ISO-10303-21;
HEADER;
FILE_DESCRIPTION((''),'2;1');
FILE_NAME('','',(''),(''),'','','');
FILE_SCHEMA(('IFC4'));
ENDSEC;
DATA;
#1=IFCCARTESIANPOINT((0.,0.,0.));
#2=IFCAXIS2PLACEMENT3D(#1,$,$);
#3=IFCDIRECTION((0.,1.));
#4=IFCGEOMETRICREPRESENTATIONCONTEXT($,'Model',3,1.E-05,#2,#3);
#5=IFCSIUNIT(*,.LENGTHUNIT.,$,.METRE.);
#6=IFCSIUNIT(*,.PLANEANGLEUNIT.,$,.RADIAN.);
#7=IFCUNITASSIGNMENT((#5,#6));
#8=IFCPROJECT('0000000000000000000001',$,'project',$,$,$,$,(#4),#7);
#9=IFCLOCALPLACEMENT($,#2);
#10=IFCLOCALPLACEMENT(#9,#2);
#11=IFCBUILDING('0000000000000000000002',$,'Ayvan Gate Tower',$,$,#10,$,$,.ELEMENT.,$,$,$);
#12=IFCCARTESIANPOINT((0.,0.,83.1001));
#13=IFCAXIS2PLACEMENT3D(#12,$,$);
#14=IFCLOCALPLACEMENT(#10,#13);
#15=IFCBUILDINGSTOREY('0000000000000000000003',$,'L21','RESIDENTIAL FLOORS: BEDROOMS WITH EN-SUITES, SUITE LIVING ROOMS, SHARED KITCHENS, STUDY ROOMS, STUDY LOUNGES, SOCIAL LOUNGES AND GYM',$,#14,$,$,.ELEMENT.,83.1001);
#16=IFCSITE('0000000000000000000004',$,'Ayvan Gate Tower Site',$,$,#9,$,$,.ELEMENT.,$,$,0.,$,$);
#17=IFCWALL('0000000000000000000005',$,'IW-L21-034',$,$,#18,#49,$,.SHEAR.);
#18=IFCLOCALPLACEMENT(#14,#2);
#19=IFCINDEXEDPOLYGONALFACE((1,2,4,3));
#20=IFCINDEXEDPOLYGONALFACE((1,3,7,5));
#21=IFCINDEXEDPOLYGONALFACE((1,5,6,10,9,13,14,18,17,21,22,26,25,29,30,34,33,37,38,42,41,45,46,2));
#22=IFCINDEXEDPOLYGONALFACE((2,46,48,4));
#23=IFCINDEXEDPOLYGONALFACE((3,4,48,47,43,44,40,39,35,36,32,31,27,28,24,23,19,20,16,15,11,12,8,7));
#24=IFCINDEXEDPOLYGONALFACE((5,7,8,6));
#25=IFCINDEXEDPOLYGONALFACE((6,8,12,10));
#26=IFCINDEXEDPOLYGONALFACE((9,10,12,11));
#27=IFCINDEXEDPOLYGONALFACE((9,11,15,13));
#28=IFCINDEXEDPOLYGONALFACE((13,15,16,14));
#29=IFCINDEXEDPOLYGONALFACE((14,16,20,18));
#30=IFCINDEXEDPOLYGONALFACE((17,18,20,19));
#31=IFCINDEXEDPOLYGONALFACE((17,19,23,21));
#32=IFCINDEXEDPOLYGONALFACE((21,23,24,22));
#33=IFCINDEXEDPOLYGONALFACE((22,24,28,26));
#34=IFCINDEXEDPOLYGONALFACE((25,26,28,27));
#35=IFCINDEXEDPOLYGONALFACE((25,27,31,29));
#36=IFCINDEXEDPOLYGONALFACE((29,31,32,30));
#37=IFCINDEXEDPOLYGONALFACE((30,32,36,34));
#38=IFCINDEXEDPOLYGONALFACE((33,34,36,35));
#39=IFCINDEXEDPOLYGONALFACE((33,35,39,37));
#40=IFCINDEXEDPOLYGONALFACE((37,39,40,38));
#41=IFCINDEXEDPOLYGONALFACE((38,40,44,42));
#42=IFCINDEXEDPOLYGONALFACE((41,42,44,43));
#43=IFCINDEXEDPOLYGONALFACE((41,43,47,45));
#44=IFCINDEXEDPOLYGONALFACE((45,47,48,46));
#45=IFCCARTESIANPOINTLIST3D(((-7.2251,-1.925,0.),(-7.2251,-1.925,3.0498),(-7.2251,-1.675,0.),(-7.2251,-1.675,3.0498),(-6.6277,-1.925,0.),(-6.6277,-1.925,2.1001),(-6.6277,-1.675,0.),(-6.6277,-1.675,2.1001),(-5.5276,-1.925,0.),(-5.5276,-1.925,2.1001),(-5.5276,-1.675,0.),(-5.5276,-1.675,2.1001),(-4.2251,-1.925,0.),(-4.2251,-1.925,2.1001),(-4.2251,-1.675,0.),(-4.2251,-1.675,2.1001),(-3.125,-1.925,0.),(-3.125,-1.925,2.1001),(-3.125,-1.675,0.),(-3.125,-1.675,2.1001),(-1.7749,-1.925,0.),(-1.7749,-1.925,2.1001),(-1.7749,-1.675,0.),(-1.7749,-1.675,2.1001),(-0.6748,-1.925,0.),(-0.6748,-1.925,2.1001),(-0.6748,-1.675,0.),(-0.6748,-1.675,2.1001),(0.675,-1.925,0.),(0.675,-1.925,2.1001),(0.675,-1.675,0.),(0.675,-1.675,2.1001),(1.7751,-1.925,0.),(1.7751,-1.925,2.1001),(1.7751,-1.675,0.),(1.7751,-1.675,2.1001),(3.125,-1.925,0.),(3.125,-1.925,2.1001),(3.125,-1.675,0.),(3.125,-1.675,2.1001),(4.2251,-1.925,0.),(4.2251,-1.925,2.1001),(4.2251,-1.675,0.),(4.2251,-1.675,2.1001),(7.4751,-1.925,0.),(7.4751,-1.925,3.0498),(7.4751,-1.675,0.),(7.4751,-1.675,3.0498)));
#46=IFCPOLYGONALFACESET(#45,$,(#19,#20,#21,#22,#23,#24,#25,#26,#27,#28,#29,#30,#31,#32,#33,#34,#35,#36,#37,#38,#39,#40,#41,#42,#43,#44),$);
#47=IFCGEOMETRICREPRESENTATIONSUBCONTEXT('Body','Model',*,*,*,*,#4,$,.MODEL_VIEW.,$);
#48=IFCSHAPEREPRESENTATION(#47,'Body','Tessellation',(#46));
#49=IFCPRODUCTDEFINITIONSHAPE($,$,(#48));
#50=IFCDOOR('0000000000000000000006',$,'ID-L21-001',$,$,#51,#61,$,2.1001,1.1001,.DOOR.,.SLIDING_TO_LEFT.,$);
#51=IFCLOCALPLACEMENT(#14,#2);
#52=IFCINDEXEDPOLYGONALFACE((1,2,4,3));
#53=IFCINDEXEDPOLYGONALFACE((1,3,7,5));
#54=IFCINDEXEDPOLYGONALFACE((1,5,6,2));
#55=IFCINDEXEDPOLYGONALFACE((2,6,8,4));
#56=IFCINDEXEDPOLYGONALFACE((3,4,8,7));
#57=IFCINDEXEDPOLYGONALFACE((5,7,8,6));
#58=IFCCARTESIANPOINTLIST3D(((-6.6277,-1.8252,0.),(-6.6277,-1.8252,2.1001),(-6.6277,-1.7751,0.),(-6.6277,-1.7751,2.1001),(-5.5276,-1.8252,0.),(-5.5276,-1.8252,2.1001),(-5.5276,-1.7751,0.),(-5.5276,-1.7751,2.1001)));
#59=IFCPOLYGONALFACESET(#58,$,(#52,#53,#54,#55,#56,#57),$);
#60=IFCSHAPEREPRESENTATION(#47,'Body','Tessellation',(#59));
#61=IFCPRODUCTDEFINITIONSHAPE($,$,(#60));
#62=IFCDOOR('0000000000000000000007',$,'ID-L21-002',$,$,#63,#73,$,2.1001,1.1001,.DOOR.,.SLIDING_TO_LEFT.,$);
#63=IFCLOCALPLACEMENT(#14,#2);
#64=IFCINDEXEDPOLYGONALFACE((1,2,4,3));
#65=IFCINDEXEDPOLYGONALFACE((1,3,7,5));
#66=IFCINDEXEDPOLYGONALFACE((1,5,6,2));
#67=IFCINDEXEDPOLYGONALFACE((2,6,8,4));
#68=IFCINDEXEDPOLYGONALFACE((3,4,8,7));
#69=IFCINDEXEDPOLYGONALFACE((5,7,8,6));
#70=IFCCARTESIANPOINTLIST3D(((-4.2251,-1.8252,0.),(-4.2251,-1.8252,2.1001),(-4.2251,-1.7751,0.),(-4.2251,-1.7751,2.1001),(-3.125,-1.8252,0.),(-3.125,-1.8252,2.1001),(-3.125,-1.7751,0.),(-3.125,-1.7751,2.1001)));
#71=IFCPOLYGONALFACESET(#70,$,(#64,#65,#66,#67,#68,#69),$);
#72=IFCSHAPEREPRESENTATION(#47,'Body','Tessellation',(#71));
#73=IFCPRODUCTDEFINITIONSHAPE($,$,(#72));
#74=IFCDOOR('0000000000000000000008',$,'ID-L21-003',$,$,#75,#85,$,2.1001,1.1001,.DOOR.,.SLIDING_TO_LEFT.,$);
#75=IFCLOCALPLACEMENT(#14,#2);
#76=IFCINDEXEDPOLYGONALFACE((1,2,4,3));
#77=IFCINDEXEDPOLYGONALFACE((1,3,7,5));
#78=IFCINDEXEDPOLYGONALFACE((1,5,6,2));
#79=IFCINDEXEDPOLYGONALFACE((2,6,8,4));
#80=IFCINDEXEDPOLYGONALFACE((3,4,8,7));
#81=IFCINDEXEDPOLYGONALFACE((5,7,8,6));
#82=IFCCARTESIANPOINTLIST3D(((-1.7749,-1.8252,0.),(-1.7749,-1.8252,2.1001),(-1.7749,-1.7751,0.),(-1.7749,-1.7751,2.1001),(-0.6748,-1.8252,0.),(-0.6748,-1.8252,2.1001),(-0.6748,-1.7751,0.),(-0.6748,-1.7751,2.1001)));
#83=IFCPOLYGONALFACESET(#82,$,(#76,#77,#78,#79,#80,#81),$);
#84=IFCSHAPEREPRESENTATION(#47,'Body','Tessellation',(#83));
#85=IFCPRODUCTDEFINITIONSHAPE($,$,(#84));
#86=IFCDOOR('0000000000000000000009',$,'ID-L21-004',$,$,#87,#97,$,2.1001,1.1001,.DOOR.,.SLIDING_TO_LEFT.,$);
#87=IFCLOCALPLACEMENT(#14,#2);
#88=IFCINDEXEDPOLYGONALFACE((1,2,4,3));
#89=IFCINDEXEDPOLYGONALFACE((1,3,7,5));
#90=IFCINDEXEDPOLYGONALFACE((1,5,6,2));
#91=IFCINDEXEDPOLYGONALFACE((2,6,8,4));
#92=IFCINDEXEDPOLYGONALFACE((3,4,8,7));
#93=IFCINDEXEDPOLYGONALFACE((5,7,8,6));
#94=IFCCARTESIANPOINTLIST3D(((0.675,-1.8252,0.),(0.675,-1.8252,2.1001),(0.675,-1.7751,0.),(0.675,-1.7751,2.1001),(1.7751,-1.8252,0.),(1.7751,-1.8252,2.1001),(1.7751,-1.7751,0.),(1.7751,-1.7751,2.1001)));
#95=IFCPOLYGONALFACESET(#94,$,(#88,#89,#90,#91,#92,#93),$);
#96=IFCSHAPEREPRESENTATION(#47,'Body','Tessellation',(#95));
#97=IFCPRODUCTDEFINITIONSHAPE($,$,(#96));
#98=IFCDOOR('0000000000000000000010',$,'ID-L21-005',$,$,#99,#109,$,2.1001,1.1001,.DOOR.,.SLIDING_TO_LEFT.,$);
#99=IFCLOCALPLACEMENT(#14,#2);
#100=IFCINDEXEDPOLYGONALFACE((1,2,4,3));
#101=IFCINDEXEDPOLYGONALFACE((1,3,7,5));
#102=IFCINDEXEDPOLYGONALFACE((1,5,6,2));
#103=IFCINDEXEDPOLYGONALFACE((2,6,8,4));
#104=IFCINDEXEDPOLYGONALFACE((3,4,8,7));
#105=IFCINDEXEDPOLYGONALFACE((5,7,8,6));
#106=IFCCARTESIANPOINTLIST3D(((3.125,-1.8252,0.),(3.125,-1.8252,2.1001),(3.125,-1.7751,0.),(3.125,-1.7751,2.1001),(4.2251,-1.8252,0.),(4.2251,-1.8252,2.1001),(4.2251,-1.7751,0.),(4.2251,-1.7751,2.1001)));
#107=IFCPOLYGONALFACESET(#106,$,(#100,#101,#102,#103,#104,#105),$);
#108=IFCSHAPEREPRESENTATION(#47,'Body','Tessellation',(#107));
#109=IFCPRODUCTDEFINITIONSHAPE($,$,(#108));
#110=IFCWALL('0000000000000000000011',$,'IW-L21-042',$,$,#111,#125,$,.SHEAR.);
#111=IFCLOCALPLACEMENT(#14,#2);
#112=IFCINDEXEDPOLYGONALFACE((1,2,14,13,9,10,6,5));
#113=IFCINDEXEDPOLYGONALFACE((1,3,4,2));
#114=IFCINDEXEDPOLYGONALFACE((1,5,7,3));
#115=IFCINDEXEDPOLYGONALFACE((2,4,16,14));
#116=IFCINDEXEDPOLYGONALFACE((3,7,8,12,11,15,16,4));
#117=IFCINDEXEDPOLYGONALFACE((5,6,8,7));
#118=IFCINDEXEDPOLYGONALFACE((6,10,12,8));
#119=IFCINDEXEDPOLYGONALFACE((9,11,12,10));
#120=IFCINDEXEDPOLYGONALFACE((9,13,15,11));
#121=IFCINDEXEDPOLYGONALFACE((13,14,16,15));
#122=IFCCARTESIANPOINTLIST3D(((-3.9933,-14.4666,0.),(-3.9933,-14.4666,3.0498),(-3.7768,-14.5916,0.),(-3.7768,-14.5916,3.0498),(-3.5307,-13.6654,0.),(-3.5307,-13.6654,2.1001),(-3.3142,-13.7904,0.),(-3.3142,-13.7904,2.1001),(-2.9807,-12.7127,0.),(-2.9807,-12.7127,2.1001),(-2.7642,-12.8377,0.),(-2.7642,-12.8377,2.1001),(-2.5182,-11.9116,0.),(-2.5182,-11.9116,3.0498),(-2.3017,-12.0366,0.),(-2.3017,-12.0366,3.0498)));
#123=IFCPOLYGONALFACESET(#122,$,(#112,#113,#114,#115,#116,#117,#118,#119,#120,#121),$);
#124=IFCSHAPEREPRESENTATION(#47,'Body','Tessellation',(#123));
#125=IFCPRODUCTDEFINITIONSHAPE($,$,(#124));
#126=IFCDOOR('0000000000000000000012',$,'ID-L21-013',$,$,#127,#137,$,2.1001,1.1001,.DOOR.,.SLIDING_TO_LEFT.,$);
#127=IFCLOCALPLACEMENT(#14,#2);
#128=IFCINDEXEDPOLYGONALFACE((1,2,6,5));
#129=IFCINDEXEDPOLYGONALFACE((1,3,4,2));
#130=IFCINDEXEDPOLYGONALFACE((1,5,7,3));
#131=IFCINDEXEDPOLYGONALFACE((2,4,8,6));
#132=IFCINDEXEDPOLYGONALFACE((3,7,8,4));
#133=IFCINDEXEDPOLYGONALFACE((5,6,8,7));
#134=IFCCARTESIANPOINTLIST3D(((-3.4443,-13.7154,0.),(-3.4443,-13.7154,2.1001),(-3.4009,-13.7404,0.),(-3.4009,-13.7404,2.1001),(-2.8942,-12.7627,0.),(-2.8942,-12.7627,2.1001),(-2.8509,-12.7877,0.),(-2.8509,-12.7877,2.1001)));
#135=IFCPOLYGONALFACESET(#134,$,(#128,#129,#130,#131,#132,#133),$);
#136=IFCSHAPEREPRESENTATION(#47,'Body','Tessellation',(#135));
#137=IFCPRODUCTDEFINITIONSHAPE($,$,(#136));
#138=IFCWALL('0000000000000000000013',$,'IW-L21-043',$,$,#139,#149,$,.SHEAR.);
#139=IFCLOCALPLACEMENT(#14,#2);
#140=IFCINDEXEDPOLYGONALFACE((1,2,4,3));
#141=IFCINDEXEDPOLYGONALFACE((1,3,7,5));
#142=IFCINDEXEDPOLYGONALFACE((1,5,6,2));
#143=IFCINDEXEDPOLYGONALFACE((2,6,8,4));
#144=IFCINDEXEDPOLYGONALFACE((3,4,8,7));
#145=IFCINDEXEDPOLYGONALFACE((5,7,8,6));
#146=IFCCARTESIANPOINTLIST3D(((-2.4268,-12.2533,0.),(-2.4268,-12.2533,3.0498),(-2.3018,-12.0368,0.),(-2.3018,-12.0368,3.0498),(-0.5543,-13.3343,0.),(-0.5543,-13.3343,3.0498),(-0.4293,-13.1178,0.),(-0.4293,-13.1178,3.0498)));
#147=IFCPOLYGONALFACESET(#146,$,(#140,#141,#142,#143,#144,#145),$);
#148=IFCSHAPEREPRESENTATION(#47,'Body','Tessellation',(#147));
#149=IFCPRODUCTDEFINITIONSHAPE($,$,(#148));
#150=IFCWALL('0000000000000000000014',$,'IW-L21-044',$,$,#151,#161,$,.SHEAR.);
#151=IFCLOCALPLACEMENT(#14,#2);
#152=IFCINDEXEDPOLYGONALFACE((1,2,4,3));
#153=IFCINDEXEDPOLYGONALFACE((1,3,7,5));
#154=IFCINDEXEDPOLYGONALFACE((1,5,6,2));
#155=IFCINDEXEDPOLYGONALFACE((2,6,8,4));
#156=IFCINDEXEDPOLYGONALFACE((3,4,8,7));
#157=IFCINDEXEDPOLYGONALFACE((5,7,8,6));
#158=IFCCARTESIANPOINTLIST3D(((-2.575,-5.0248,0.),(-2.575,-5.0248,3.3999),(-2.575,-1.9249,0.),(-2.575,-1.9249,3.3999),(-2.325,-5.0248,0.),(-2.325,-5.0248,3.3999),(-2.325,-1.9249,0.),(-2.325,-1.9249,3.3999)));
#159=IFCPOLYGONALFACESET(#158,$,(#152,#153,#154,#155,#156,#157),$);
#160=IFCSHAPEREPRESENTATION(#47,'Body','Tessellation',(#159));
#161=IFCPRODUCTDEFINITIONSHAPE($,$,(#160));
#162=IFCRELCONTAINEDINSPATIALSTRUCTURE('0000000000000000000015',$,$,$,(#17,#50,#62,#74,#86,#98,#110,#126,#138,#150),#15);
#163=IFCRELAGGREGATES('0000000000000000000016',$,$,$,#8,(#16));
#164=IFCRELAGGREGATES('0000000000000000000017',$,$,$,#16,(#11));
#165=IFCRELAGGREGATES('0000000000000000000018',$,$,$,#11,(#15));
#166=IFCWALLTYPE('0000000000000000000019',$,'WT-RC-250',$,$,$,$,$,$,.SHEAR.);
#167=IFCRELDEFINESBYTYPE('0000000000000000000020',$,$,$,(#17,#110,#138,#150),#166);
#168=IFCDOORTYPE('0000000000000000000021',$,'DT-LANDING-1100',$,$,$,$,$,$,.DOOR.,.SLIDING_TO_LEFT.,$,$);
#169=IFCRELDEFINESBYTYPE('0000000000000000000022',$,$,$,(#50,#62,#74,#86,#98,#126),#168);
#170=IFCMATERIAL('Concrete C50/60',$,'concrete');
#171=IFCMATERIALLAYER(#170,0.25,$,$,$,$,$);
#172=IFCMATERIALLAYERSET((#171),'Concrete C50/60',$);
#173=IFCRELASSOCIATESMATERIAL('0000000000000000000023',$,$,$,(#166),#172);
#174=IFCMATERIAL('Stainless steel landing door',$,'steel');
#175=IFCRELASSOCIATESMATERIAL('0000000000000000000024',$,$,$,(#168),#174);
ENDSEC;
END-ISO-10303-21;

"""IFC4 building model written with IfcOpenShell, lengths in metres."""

from ifc_helpers import new_model, si_unit, direction, frame, frame_2d, origin, place, context, subcontext, project, spatial, rectangle, extrude, material, layer, layer_set, type_object, element, fill, save


model = new_model("IFC4")

# Units and contexts
model_context = context("Model", 3, precision=1e-05, world=origin(), true_north=direction((0.0, 1.0)))
body_context = subcontext(model_context, "Body", "Model", "MODEL_VIEW")
ifc_project = project(units=[si_unit("LENGTHUNIT", "METRE"), si_unit("PLANEANGLEUNIT", "RADIAN")], contexts=[model_context])

# Site, building, storey
site_placement = place(None, origin())
site = spatial("IfcSite", under=ifc_project, at=site_placement, Name="Ayvan Gate Tower Site", CompositionType="ELEMENT", RefElevation=0.0)
building_placement = place(site_placement, origin())
building = spatial("IfcBuilding", under=site, at=building_placement, Name="Ayvan Gate Tower", CompositionType="ELEMENT")
storey_placement = place(building_placement, frame((0.0, 0.0, 83.1001)))
storey = spatial("IfcBuildingStorey", under=building, at=storey_placement, Name="L21", Description="RESIDENTIAL FLOORS: BEDROOMS WITH EN-SUITES, SUITE LIVING ROOMS, SHARED KITCHENS, STUDY ROOMS, STUDY LOUNGES, SOCIAL LOUNGES AND GYM", CompositionType="ELEMENT", Elevation=83.1001)

# Shared definitions
ifc_material_1 = material(Name="Concrete C50/60", Category="concrete")
ifc_layer_1 = layer(ifc_material_1, 0.25)
ifc_layer_set_1 = layer_set([ifc_layer_1], Name="Concrete C50/60")
wall_type_1 = type_object("IfcWallType", Name="WT-RC-250", PredefinedType="SHEAR", material=ifc_layer_set_1)

# Wall, openings, doors
wall_1_placement = place(storey_placement, frame((-7.2251, -1.8, 0.0), z_axis=(0.0, 0.0, 1.0), x_axis=(1.0, 0.0, 0.0)))
wall_1 = element("IfcWall", 1, at=wall_1_placement, inside=storey, type_object=wall_type_1, Name="IW-L21-034", PredefinedType="SHEAR", context=body_context, shape_type="SweptSolid", body=[
    extrude(rectangle(XDim=14.7002, YDim=0.25, at=frame_2d((7.3501, 0.0))), origin(), (0.0, 0.0, 1.0), 3.0498),
])
opening_1_placement = place(wall_1_placement, frame((0.5974, 0.0, 0.0)))
opening_1 = element("IfcOpeningElement", 2, at=opening_1_placement, cuts=wall_1, PredefinedType="OPENING", context=body_context, shape_type="SweptSolid", body=[
    extrude(rectangle(XDim=1.1001, YDim=2.1001, at=frame_2d((0.55, 1.05))), frame((0.0, 0.135, 0.0), z_axis=(0.0, -1.0, 0.0), x_axis=(1.0, 0.0, 0.0)), (0.0, 0.0, 1.0), 0.27),
])
opening_2_placement = place(wall_1_placement, frame((3.0, 0.0, 0.0)))
opening_2 = element("IfcOpeningElement", 3, at=opening_2_placement, cuts=wall_1, PredefinedType="OPENING", context=body_context, shape_type="SweptSolid", body=[
    extrude(rectangle(XDim=1.1001, YDim=2.1001, at=frame_2d((0.55, 1.05))), frame((0.0, 0.135, 0.0), z_axis=(0.0, -1.0, 0.0), x_axis=(1.0, 0.0, 0.0)), (0.0, 0.0, 1.0), 0.27),
])
opening_3_placement = place(wall_1_placement, frame((5.4502, 0.0, 0.0)))
opening_3 = element("IfcOpeningElement", 4, at=opening_3_placement, cuts=wall_1, PredefinedType="OPENING", context=body_context, shape_type="SweptSolid", body=[
    extrude(rectangle(XDim=1.1001, YDim=2.1001, at=frame_2d((0.55, 1.05))), frame((0.0, 0.135, 0.0), z_axis=(0.0, -1.0, 0.0), x_axis=(1.0, 0.0, 0.0)), (0.0, 0.0, 1.0), 0.27),
])
opening_4_placement = place(wall_1_placement, frame((7.9001, 0.0, 0.0)))
opening_4 = element("IfcOpeningElement", 5, at=opening_4_placement, cuts=wall_1, PredefinedType="OPENING", context=body_context, shape_type="SweptSolid", body=[
    extrude(rectangle(XDim=1.1001, YDim=2.1001, at=frame_2d((0.55, 1.05))), frame((0.0, 0.135, 0.0), z_axis=(0.0, -1.0, 0.0), x_axis=(1.0, 0.0, 0.0)), (0.0, 0.0, 1.0), 0.27),
])
opening_5_placement = place(wall_1_placement, frame((10.3501, 0.0, 0.0)))
opening_5 = element("IfcOpeningElement", 6, at=opening_5_placement, cuts=wall_1, PredefinedType="OPENING", context=body_context, shape_type="SweptSolid", body=[
    extrude(rectangle(XDim=1.1001, YDim=2.1001, at=frame_2d((0.55, 1.05))), frame((0.0, 0.135, 0.0), z_axis=(0.0, -1.0, 0.0), x_axis=(1.0, 0.0, 0.0)), (0.0, 0.0, 1.0), 0.27),
])
ifc_material_2 = material(Name="Stainless steel landing door", Category="steel")
door_type_1 = type_object("IfcDoorType", Name="DT-LANDING-1100", OperationType="SLIDING_TO_LEFT", PredefinedType="DOOR", material=ifc_material_2)
door_1_placement = place(opening_1_placement, origin())
door_1 = element("IfcDoor", 7, at=door_1_placement, inside=storey, type_object=door_type_1, Name="ID-L21-001", OperationType="SLIDING_TO_LEFT", OverallHeight=2.1001, OverallWidth=1.1001, PredefinedType="DOOR", context=body_context, shape_type="SweptSolid", body=[
    extrude(rectangle(XDim=1.1001, YDim=2.1001, at=frame_2d((0.55, 1.05))), frame((0.0, 0.0249, 0.0), z_axis=(0.0, -1.0, 0.0), x_axis=(1.0, 0.0, 0.0)), (0.0, 0.0, 1.0), 0.05),
])
fill(opening_1, door_1)
door_2_placement = place(opening_2_placement, origin())
door_2 = element("IfcDoor", 8, at=door_2_placement, inside=storey, type_object=door_type_1, Name="ID-L21-002", OperationType="SLIDING_TO_LEFT", OverallHeight=2.1001, OverallWidth=1.1001, PredefinedType="DOOR", context=body_context, shape_type="SweptSolid", body=[
    extrude(rectangle(XDim=1.1001, YDim=2.1001, at=frame_2d((0.55, 1.05))), frame((0.0, 0.0249, 0.0), z_axis=(0.0, -1.0, 0.0), x_axis=(1.0, 0.0, 0.0)), (0.0, 0.0, 1.0), 0.05),
])
fill(opening_2, door_2)
door_3_placement = place(opening_3_placement, origin())
door_3 = element("IfcDoor", 9, at=door_3_placement, inside=storey, type_object=door_type_1, Name="ID-L21-003", OperationType="SLIDING_TO_LEFT", OverallHeight=2.1001, OverallWidth=1.1001, PredefinedType="DOOR", context=body_context, shape_type="SweptSolid", body=[
    extrude(rectangle(XDim=1.1001, YDim=2.1001, at=frame_2d((0.55, 1.05))), frame((0.0, 0.0249, 0.0), z_axis=(0.0, -1.0, 0.0), x_axis=(1.0, 0.0, 0.0)), (0.0, 0.0, 1.0), 0.05),
])
fill(opening_3, door_3)
door_4_placement = place(opening_4_placement, origin())
door_4 = element("IfcDoor", 10, at=door_4_placement, inside=storey, type_object=door_type_1, Name="ID-L21-004", OperationType="SLIDING_TO_LEFT", OverallHeight=2.1001, OverallWidth=1.1001, PredefinedType="DOOR", context=body_context, shape_type="SweptSolid", body=[
    extrude(rectangle(XDim=1.1001, YDim=2.1001, at=frame_2d((0.55, 1.05))), frame((0.0, 0.0249, 0.0), z_axis=(0.0, -1.0, 0.0), x_axis=(1.0, 0.0, 0.0)), (0.0, 0.0, 1.0), 0.05),
])
fill(opening_4, door_4)
door_5_placement = place(opening_5_placement, origin())
door_5 = element("IfcDoor", 11, at=door_5_placement, inside=storey, type_object=door_type_1, Name="ID-L21-005", OperationType="SLIDING_TO_LEFT", OverallHeight=2.1001, OverallWidth=1.1001, PredefinedType="DOOR", context=body_context, shape_type="SweptSolid", body=[
    extrude(rectangle(XDim=1.1001, YDim=2.1001, at=frame_2d((0.55, 1.05))), frame((0.0, 0.0249, 0.0), z_axis=(0.0, -1.0, 0.0), x_axis=(1.0, 0.0, 0.0)), (0.0, 0.0, 1.0), 0.05),
])
fill(opening_5, door_5)

# Wall, opening, door
wall_2_placement = place(storey_placement, frame((-2.4099, -11.9741, 0.0), z_axis=(0.0, 0.0, 1.0), x_axis=(-0.500002, -0.866024, 0.0)))
wall_2 = element("IfcWall", 12, at=wall_2_placement, inside=storey, type_object=wall_type_1, Name="IW-L21-042", PredefinedType="SHEAR", context=body_context, shape_type="SweptSolid", body=[
    extrude(rectangle(XDim=2.9502, YDim=0.25, at=frame_2d((1.4751, 0.0))), origin(), (0.0, 0.0, 1.0), 3.0498),
])
opening_6_placement = place(wall_2_placement, frame((0.925, 0.0, 0.0)))
opening_6 = element("IfcOpeningElement", 13, at=opening_6_placement, cuts=wall_2, PredefinedType="OPENING", context=body_context, shape_type="SweptSolid", body=[
    extrude(rectangle(XDim=1.1001, YDim=2.1001, at=frame_2d((0.55, 1.05))), frame((0.0, 0.135, 0.0), z_axis=(0.0, -1.0, 0.0), x_axis=(1.0, 0.0, 0.0)), (0.0, 0.0, 1.0), 0.27),
])
door_6_placement = place(opening_6_placement, origin())
door_6 = element("IfcDoor", 14, at=door_6_placement, inside=storey, type_object=door_type_1, Name="ID-L21-013", OperationType="SLIDING_TO_LEFT", OverallHeight=2.1001, OverallWidth=1.1001, PredefinedType="DOOR", context=body_context, shape_type="SweptSolid", body=[
    extrude(rectangle(XDim=1.1001, YDim=2.1001, at=frame_2d((0.55, 1.05))), frame((0.0, 0.0249, 0.0), z_axis=(0.0, -1.0, 0.0), x_axis=(1.0, 0.0, 0.0)), (0.0, 0.0, 1.0), 0.05),
])
fill(opening_6, door_6)

# Walls
wall_3_placement = place(storey_placement, frame((-2.3643, -12.145, 0.0), z_axis=(0.0, 0.0, 1.0), x_axis=(0.866039, -0.499977, 0.0)))
element("IfcWall", 15, at=wall_3_placement, inside=storey, type_object=wall_type_1, Name="IW-L21-043", PredefinedType="SHEAR", context=body_context, shape_type="SweptSolid", body=[
    extrude(rectangle(XDim=2.1621, YDim=0.25, at=frame_2d((1.0811, 0.0))), origin(), (0.0, 0.0, 1.0), 3.0498),
])
wall_4_placement = place(storey_placement, frame((-2.45, -1.925, 0.0), z_axis=(0.0, 0.0, 1.0), x_axis=(0.0, -1.0, 0.0)))
element("IfcWall", 16, at=wall_4_placement, inside=storey, type_object=wall_type_1, Name="IW-L21-044", PredefinedType="SHEAR", context=body_context, shape_type="SweptSolid", body=[
    extrude(rectangle(XDim=3.0999, YDim=0.25, at=frame_2d((1.5498, 0.0))), origin(), (0.0, 0.0, 1.0), 3.3999),
])

save(model, "model.ifc")
